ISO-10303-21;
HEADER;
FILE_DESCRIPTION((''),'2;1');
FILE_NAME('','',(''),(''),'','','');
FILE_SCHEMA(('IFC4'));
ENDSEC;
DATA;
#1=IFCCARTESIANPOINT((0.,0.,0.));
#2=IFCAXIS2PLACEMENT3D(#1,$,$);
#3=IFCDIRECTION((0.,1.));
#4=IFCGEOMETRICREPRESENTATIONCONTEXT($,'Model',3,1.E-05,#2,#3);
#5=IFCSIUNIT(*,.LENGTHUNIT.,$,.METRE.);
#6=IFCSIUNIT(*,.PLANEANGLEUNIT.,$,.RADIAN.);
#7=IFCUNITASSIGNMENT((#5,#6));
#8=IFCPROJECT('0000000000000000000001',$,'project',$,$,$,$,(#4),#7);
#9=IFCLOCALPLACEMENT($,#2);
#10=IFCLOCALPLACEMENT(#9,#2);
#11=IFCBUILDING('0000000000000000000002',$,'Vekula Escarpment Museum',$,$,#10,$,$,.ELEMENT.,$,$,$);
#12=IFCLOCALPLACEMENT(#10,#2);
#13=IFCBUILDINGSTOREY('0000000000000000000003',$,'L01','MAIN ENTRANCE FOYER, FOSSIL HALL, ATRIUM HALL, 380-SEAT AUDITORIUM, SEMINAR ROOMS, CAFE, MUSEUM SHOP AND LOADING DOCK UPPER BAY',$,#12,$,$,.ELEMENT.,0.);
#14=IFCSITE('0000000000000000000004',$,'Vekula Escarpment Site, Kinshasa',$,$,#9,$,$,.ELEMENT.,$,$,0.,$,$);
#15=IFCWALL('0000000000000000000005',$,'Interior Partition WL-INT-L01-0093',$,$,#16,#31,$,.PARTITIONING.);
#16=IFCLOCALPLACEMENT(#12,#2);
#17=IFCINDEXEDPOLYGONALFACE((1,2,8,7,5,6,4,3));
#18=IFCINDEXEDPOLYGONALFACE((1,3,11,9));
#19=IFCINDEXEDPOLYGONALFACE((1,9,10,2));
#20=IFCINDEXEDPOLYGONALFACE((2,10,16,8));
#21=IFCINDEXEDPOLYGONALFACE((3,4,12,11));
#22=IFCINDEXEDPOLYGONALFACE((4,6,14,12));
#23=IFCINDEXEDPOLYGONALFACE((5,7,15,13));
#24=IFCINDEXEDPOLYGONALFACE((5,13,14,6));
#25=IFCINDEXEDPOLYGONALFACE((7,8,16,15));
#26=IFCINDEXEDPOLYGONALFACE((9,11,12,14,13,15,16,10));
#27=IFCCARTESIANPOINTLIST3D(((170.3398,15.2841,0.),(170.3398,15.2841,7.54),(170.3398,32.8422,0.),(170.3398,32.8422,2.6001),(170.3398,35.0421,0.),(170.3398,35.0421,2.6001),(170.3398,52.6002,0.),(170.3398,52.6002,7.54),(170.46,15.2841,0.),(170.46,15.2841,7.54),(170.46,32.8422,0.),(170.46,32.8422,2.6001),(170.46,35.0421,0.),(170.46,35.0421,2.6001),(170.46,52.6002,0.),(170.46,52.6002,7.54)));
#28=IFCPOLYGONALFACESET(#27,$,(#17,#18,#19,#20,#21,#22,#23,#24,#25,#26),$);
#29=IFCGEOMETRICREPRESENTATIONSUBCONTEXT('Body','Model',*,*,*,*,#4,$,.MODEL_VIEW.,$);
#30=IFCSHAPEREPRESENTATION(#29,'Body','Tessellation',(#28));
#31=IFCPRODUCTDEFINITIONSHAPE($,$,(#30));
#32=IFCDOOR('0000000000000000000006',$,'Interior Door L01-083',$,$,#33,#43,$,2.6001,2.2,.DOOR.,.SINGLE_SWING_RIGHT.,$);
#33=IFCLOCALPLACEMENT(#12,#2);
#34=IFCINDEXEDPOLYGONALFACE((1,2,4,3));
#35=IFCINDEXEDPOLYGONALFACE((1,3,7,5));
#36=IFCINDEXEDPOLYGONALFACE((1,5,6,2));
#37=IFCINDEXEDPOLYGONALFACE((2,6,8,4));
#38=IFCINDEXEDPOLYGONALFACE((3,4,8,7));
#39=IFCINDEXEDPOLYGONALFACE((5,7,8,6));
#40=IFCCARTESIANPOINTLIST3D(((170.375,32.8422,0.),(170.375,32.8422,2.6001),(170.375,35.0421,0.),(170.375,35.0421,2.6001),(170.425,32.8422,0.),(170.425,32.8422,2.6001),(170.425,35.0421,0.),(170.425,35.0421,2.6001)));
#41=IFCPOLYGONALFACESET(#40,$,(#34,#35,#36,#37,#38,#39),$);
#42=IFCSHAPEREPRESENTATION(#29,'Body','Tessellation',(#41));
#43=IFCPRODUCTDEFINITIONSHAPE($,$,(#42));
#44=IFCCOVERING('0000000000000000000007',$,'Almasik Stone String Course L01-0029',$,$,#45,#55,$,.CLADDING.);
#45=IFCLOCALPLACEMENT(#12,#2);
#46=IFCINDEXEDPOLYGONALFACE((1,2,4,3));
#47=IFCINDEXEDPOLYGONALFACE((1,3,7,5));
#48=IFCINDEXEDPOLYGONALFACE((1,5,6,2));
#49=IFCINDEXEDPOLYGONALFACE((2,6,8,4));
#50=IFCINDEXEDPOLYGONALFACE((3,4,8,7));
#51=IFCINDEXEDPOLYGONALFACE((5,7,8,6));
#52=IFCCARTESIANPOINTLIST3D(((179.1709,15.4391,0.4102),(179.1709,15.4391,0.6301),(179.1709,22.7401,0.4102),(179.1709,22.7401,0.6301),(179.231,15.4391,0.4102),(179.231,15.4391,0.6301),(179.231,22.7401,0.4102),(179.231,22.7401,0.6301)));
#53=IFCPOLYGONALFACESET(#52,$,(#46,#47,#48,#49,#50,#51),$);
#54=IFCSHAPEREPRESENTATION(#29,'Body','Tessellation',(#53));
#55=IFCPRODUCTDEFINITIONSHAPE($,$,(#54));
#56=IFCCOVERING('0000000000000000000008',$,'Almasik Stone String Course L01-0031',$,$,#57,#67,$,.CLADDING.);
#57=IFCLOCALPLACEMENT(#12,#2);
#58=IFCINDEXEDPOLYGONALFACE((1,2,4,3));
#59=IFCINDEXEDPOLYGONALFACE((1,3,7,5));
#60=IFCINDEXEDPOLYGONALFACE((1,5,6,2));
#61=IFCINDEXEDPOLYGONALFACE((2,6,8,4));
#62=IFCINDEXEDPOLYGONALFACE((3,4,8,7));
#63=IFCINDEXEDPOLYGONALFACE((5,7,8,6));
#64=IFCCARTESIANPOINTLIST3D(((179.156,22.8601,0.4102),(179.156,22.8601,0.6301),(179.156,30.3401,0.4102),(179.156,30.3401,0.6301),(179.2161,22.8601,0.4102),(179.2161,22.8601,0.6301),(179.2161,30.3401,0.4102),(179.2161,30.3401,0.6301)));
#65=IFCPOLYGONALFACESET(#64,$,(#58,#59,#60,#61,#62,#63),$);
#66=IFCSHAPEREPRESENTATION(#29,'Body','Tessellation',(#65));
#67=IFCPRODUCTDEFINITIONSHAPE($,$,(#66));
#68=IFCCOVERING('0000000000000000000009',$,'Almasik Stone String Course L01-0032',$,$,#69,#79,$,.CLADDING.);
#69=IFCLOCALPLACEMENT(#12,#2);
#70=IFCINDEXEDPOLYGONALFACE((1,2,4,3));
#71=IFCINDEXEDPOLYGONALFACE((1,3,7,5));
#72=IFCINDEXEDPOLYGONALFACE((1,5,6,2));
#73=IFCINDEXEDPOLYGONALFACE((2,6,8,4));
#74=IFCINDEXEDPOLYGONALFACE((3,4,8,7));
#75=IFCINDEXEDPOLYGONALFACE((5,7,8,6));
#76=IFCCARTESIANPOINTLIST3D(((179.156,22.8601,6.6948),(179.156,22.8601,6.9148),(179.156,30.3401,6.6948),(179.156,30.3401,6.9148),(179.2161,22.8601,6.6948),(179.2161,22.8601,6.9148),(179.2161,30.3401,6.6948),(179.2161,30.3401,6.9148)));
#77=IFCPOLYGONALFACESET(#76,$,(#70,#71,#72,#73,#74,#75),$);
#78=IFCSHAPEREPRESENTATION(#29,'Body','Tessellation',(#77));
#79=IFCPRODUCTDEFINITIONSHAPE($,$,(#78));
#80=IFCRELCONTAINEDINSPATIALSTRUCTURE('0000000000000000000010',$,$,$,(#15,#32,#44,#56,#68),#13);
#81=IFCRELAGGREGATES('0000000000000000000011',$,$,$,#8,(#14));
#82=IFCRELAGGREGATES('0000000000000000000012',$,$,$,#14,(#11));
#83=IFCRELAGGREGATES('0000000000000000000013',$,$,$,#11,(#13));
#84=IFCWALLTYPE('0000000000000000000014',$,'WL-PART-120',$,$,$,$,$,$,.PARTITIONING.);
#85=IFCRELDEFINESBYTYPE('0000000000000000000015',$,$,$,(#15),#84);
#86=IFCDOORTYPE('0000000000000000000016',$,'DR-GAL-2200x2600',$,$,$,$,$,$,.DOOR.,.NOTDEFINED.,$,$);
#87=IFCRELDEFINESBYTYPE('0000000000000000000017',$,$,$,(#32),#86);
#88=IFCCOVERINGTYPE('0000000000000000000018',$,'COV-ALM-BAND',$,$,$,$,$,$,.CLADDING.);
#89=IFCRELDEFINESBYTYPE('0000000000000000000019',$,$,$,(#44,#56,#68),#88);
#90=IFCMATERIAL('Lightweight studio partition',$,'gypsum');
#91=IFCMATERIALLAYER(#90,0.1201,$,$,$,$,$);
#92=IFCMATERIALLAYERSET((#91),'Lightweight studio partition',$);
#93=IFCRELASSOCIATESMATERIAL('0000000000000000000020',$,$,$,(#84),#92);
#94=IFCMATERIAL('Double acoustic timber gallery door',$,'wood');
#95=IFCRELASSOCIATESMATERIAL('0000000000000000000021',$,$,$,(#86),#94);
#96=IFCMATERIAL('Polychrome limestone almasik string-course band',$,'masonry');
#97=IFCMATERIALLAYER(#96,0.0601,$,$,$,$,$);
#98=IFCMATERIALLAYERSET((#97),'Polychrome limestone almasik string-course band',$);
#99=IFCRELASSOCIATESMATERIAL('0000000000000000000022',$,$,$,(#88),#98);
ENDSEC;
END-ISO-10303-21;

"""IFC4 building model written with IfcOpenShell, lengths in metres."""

from ifc_helpers import new_model, si_unit, direction, frame, frame_2d, origin, origin_2d, place, context, subcontext, project, spatial, rectangle, extrude, material, layer, layer_set, type_object, element, fill, save


model = new_model("IFC4")

# Units and contexts
model_context = context("Model", 3, precision=1e-05, world=origin(), true_north=direction((0.0, 1.0)))
body_context = subcontext(model_context, "Body", "Model", "MODEL_VIEW")
ifc_project = project(units=[si_unit("LENGTHUNIT", "METRE"), si_unit("PLANEANGLEUNIT", "RADIAN")], contexts=[model_context])

# Site, building, storey
site_placement = place(None, origin())
site = spatial("IfcSite", under=ifc_project, at=site_placement, Name="Vekula Escarpment Site, Kinshasa", CompositionType="ELEMENT", RefElevation=0.0)
building_placement = place(site_placement, origin())
building = spatial("IfcBuilding", under=site, at=building_placement, Name="Vekula Escarpment Museum", CompositionType="ELEMENT")
storey_placement = place(building_placement, origin())
storey = spatial("IfcBuildingStorey", under=building, at=storey_placement, Name="L01", Description="MAIN ENTRANCE FOYER, FOSSIL HALL, ATRIUM HALL, 380-SEAT AUDITORIUM, SEMINAR ROOMS, CAFE, MUSEUM SHOP AND LOADING DOCK UPPER BAY", CompositionType="ELEMENT", Elevation=0.0)

# Wall, opening, door
ifc_material_1 = material(Name="Lightweight studio partition", Category="gypsum")
ifc_layer_1 = layer(ifc_material_1, 0.1201)
ifc_layer_set_1 = layer_set([ifc_layer_1], Name="Lightweight studio partition")
wall_type_1 = type_object("IfcWallType", Name="WL-PART-120", PredefinedType="PARTITIONING", material=ifc_layer_set_1)
wall_1_placement = place(storey_placement, frame((170.3999, 15.2839, 0.0), z_axis=(0.0, 0.0, 1.0), x_axis=(0.0, 1.0, 0.0)))
wall_1 = element("IfcWall", 1, at=wall_1_placement, inside=storey, type_object=wall_type_1, Name="Interior Partition WL-INT-L01-0093", PredefinedType="PARTITIONING", context=body_context, shape_type="SweptSolid", body=[
    extrude(rectangle(XDim=37.3162, YDim=0.1201, at=frame_2d((18.6582, 0.0))), origin(), (0.0, 0.0, 1.0), 7.54),
])
opening_1_placement = place(wall_1_placement, frame((17.5581, 0.0, 0.0)))
opening_1 = element("IfcOpeningElement", 2, at=opening_1_placement, cuts=wall_1, PredefinedType="OPENING", context=body_context, shape_type="SweptSolid", body=[
    extrude(rectangle(XDim=2.2, YDim=2.6001, at=frame_2d((1.1001, 1.3))), frame((0.0, 0.0701, 0.0), z_axis=(0.0, -1.0, 0.0), x_axis=(1.0, 0.0, 0.0)), (0.0, 0.0, 1.0), 0.1401),
])
ifc_material_2 = material(Name="Double acoustic timber gallery door", Category="wood")
door_type = type_object("IfcDoorType", Name="DR-GAL-2200x2600", OperationType="NOTDEFINED", PredefinedType="DOOR", material=ifc_material_2)
door_placement = place(opening_1_placement, origin())
door = element("IfcDoor", 3, at=door_placement, inside=storey, type_object=door_type, Name="Interior Door L01-083", OperationType="SINGLE_SWING_RIGHT", OverallHeight=2.6001, OverallWidth=2.2, PredefinedType="DOOR", context=body_context, shape_type="SweptSolid", body=[
    extrude(rectangle(XDim=2.2, YDim=2.6001, at=frame_2d((1.1001, 1.3))), frame((0.0, 0.0249, 0.0), z_axis=(0.0, -1.0, 0.0), x_axis=(1.0, 0.0, 0.0)), (0.0, 0.0, 1.0), 0.05),
])
fill(opening_1, door)

# Coverings
ifc_material_3 = material(Name="Polychrome limestone almasik string-course band", Category="masonry")
ifc_layer_2 = layer(ifc_material_3, 0.0601)
ifc_layer_set_2 = layer_set([ifc_layer_2], Name="Polychrome limestone almasik string-course band")
covering_type = type_object("IfcCoveringType", Name="COV-ALM-BAND", PredefinedType="CLADDING", material=ifc_layer_set_2)
covering_placement = place(storey_placement, frame((179.2009, 19.0896, 0.4102), z_axis=(0.0, 0.0, 1.0), x_axis=(0.0, 1.0, 0.0)))
element("IfcCovering", 4, at=covering_placement, inside=storey, type_object=covering_type, Name="Almasik Stone String Course L01-0029", PredefinedType="CLADDING", context=body_context, shape_type="SweptSolid", body=[
    extrude(rectangle(XDim=7.301, YDim=0.0601, at=origin_2d()), origin(), (0.0, 0.0, 1.0), 0.22),
])
for number, where, z_axis, x_axis, name in (
    (5, (179.186, 26.6001, 0.4102), (0.0, 0.0, 1.0), (0.0, 1.0, 0.0), "Almasik Stone String Course L01-0031"),
    (6, (179.186, 26.6001, 6.6948), (0.0, 0.0, 1.0), (0.0, 1.0, 0.0), "Almasik Stone String Course L01-0032"),
):
    element("IfcCovering", number, at=place(storey_placement, frame(where, z_axis=z_axis, x_axis=x_axis)), inside=storey, type_object=covering_type, Name=name, PredefinedType="CLADDING", context=body_context, shape_type="SweptSolid", body=[
        extrude(rectangle(XDim=7.48, YDim=0.0601, at=origin_2d()), origin(), (0.0, 0.0, 1.0), 0.22),
    ])

save(model, "model.ifc")
